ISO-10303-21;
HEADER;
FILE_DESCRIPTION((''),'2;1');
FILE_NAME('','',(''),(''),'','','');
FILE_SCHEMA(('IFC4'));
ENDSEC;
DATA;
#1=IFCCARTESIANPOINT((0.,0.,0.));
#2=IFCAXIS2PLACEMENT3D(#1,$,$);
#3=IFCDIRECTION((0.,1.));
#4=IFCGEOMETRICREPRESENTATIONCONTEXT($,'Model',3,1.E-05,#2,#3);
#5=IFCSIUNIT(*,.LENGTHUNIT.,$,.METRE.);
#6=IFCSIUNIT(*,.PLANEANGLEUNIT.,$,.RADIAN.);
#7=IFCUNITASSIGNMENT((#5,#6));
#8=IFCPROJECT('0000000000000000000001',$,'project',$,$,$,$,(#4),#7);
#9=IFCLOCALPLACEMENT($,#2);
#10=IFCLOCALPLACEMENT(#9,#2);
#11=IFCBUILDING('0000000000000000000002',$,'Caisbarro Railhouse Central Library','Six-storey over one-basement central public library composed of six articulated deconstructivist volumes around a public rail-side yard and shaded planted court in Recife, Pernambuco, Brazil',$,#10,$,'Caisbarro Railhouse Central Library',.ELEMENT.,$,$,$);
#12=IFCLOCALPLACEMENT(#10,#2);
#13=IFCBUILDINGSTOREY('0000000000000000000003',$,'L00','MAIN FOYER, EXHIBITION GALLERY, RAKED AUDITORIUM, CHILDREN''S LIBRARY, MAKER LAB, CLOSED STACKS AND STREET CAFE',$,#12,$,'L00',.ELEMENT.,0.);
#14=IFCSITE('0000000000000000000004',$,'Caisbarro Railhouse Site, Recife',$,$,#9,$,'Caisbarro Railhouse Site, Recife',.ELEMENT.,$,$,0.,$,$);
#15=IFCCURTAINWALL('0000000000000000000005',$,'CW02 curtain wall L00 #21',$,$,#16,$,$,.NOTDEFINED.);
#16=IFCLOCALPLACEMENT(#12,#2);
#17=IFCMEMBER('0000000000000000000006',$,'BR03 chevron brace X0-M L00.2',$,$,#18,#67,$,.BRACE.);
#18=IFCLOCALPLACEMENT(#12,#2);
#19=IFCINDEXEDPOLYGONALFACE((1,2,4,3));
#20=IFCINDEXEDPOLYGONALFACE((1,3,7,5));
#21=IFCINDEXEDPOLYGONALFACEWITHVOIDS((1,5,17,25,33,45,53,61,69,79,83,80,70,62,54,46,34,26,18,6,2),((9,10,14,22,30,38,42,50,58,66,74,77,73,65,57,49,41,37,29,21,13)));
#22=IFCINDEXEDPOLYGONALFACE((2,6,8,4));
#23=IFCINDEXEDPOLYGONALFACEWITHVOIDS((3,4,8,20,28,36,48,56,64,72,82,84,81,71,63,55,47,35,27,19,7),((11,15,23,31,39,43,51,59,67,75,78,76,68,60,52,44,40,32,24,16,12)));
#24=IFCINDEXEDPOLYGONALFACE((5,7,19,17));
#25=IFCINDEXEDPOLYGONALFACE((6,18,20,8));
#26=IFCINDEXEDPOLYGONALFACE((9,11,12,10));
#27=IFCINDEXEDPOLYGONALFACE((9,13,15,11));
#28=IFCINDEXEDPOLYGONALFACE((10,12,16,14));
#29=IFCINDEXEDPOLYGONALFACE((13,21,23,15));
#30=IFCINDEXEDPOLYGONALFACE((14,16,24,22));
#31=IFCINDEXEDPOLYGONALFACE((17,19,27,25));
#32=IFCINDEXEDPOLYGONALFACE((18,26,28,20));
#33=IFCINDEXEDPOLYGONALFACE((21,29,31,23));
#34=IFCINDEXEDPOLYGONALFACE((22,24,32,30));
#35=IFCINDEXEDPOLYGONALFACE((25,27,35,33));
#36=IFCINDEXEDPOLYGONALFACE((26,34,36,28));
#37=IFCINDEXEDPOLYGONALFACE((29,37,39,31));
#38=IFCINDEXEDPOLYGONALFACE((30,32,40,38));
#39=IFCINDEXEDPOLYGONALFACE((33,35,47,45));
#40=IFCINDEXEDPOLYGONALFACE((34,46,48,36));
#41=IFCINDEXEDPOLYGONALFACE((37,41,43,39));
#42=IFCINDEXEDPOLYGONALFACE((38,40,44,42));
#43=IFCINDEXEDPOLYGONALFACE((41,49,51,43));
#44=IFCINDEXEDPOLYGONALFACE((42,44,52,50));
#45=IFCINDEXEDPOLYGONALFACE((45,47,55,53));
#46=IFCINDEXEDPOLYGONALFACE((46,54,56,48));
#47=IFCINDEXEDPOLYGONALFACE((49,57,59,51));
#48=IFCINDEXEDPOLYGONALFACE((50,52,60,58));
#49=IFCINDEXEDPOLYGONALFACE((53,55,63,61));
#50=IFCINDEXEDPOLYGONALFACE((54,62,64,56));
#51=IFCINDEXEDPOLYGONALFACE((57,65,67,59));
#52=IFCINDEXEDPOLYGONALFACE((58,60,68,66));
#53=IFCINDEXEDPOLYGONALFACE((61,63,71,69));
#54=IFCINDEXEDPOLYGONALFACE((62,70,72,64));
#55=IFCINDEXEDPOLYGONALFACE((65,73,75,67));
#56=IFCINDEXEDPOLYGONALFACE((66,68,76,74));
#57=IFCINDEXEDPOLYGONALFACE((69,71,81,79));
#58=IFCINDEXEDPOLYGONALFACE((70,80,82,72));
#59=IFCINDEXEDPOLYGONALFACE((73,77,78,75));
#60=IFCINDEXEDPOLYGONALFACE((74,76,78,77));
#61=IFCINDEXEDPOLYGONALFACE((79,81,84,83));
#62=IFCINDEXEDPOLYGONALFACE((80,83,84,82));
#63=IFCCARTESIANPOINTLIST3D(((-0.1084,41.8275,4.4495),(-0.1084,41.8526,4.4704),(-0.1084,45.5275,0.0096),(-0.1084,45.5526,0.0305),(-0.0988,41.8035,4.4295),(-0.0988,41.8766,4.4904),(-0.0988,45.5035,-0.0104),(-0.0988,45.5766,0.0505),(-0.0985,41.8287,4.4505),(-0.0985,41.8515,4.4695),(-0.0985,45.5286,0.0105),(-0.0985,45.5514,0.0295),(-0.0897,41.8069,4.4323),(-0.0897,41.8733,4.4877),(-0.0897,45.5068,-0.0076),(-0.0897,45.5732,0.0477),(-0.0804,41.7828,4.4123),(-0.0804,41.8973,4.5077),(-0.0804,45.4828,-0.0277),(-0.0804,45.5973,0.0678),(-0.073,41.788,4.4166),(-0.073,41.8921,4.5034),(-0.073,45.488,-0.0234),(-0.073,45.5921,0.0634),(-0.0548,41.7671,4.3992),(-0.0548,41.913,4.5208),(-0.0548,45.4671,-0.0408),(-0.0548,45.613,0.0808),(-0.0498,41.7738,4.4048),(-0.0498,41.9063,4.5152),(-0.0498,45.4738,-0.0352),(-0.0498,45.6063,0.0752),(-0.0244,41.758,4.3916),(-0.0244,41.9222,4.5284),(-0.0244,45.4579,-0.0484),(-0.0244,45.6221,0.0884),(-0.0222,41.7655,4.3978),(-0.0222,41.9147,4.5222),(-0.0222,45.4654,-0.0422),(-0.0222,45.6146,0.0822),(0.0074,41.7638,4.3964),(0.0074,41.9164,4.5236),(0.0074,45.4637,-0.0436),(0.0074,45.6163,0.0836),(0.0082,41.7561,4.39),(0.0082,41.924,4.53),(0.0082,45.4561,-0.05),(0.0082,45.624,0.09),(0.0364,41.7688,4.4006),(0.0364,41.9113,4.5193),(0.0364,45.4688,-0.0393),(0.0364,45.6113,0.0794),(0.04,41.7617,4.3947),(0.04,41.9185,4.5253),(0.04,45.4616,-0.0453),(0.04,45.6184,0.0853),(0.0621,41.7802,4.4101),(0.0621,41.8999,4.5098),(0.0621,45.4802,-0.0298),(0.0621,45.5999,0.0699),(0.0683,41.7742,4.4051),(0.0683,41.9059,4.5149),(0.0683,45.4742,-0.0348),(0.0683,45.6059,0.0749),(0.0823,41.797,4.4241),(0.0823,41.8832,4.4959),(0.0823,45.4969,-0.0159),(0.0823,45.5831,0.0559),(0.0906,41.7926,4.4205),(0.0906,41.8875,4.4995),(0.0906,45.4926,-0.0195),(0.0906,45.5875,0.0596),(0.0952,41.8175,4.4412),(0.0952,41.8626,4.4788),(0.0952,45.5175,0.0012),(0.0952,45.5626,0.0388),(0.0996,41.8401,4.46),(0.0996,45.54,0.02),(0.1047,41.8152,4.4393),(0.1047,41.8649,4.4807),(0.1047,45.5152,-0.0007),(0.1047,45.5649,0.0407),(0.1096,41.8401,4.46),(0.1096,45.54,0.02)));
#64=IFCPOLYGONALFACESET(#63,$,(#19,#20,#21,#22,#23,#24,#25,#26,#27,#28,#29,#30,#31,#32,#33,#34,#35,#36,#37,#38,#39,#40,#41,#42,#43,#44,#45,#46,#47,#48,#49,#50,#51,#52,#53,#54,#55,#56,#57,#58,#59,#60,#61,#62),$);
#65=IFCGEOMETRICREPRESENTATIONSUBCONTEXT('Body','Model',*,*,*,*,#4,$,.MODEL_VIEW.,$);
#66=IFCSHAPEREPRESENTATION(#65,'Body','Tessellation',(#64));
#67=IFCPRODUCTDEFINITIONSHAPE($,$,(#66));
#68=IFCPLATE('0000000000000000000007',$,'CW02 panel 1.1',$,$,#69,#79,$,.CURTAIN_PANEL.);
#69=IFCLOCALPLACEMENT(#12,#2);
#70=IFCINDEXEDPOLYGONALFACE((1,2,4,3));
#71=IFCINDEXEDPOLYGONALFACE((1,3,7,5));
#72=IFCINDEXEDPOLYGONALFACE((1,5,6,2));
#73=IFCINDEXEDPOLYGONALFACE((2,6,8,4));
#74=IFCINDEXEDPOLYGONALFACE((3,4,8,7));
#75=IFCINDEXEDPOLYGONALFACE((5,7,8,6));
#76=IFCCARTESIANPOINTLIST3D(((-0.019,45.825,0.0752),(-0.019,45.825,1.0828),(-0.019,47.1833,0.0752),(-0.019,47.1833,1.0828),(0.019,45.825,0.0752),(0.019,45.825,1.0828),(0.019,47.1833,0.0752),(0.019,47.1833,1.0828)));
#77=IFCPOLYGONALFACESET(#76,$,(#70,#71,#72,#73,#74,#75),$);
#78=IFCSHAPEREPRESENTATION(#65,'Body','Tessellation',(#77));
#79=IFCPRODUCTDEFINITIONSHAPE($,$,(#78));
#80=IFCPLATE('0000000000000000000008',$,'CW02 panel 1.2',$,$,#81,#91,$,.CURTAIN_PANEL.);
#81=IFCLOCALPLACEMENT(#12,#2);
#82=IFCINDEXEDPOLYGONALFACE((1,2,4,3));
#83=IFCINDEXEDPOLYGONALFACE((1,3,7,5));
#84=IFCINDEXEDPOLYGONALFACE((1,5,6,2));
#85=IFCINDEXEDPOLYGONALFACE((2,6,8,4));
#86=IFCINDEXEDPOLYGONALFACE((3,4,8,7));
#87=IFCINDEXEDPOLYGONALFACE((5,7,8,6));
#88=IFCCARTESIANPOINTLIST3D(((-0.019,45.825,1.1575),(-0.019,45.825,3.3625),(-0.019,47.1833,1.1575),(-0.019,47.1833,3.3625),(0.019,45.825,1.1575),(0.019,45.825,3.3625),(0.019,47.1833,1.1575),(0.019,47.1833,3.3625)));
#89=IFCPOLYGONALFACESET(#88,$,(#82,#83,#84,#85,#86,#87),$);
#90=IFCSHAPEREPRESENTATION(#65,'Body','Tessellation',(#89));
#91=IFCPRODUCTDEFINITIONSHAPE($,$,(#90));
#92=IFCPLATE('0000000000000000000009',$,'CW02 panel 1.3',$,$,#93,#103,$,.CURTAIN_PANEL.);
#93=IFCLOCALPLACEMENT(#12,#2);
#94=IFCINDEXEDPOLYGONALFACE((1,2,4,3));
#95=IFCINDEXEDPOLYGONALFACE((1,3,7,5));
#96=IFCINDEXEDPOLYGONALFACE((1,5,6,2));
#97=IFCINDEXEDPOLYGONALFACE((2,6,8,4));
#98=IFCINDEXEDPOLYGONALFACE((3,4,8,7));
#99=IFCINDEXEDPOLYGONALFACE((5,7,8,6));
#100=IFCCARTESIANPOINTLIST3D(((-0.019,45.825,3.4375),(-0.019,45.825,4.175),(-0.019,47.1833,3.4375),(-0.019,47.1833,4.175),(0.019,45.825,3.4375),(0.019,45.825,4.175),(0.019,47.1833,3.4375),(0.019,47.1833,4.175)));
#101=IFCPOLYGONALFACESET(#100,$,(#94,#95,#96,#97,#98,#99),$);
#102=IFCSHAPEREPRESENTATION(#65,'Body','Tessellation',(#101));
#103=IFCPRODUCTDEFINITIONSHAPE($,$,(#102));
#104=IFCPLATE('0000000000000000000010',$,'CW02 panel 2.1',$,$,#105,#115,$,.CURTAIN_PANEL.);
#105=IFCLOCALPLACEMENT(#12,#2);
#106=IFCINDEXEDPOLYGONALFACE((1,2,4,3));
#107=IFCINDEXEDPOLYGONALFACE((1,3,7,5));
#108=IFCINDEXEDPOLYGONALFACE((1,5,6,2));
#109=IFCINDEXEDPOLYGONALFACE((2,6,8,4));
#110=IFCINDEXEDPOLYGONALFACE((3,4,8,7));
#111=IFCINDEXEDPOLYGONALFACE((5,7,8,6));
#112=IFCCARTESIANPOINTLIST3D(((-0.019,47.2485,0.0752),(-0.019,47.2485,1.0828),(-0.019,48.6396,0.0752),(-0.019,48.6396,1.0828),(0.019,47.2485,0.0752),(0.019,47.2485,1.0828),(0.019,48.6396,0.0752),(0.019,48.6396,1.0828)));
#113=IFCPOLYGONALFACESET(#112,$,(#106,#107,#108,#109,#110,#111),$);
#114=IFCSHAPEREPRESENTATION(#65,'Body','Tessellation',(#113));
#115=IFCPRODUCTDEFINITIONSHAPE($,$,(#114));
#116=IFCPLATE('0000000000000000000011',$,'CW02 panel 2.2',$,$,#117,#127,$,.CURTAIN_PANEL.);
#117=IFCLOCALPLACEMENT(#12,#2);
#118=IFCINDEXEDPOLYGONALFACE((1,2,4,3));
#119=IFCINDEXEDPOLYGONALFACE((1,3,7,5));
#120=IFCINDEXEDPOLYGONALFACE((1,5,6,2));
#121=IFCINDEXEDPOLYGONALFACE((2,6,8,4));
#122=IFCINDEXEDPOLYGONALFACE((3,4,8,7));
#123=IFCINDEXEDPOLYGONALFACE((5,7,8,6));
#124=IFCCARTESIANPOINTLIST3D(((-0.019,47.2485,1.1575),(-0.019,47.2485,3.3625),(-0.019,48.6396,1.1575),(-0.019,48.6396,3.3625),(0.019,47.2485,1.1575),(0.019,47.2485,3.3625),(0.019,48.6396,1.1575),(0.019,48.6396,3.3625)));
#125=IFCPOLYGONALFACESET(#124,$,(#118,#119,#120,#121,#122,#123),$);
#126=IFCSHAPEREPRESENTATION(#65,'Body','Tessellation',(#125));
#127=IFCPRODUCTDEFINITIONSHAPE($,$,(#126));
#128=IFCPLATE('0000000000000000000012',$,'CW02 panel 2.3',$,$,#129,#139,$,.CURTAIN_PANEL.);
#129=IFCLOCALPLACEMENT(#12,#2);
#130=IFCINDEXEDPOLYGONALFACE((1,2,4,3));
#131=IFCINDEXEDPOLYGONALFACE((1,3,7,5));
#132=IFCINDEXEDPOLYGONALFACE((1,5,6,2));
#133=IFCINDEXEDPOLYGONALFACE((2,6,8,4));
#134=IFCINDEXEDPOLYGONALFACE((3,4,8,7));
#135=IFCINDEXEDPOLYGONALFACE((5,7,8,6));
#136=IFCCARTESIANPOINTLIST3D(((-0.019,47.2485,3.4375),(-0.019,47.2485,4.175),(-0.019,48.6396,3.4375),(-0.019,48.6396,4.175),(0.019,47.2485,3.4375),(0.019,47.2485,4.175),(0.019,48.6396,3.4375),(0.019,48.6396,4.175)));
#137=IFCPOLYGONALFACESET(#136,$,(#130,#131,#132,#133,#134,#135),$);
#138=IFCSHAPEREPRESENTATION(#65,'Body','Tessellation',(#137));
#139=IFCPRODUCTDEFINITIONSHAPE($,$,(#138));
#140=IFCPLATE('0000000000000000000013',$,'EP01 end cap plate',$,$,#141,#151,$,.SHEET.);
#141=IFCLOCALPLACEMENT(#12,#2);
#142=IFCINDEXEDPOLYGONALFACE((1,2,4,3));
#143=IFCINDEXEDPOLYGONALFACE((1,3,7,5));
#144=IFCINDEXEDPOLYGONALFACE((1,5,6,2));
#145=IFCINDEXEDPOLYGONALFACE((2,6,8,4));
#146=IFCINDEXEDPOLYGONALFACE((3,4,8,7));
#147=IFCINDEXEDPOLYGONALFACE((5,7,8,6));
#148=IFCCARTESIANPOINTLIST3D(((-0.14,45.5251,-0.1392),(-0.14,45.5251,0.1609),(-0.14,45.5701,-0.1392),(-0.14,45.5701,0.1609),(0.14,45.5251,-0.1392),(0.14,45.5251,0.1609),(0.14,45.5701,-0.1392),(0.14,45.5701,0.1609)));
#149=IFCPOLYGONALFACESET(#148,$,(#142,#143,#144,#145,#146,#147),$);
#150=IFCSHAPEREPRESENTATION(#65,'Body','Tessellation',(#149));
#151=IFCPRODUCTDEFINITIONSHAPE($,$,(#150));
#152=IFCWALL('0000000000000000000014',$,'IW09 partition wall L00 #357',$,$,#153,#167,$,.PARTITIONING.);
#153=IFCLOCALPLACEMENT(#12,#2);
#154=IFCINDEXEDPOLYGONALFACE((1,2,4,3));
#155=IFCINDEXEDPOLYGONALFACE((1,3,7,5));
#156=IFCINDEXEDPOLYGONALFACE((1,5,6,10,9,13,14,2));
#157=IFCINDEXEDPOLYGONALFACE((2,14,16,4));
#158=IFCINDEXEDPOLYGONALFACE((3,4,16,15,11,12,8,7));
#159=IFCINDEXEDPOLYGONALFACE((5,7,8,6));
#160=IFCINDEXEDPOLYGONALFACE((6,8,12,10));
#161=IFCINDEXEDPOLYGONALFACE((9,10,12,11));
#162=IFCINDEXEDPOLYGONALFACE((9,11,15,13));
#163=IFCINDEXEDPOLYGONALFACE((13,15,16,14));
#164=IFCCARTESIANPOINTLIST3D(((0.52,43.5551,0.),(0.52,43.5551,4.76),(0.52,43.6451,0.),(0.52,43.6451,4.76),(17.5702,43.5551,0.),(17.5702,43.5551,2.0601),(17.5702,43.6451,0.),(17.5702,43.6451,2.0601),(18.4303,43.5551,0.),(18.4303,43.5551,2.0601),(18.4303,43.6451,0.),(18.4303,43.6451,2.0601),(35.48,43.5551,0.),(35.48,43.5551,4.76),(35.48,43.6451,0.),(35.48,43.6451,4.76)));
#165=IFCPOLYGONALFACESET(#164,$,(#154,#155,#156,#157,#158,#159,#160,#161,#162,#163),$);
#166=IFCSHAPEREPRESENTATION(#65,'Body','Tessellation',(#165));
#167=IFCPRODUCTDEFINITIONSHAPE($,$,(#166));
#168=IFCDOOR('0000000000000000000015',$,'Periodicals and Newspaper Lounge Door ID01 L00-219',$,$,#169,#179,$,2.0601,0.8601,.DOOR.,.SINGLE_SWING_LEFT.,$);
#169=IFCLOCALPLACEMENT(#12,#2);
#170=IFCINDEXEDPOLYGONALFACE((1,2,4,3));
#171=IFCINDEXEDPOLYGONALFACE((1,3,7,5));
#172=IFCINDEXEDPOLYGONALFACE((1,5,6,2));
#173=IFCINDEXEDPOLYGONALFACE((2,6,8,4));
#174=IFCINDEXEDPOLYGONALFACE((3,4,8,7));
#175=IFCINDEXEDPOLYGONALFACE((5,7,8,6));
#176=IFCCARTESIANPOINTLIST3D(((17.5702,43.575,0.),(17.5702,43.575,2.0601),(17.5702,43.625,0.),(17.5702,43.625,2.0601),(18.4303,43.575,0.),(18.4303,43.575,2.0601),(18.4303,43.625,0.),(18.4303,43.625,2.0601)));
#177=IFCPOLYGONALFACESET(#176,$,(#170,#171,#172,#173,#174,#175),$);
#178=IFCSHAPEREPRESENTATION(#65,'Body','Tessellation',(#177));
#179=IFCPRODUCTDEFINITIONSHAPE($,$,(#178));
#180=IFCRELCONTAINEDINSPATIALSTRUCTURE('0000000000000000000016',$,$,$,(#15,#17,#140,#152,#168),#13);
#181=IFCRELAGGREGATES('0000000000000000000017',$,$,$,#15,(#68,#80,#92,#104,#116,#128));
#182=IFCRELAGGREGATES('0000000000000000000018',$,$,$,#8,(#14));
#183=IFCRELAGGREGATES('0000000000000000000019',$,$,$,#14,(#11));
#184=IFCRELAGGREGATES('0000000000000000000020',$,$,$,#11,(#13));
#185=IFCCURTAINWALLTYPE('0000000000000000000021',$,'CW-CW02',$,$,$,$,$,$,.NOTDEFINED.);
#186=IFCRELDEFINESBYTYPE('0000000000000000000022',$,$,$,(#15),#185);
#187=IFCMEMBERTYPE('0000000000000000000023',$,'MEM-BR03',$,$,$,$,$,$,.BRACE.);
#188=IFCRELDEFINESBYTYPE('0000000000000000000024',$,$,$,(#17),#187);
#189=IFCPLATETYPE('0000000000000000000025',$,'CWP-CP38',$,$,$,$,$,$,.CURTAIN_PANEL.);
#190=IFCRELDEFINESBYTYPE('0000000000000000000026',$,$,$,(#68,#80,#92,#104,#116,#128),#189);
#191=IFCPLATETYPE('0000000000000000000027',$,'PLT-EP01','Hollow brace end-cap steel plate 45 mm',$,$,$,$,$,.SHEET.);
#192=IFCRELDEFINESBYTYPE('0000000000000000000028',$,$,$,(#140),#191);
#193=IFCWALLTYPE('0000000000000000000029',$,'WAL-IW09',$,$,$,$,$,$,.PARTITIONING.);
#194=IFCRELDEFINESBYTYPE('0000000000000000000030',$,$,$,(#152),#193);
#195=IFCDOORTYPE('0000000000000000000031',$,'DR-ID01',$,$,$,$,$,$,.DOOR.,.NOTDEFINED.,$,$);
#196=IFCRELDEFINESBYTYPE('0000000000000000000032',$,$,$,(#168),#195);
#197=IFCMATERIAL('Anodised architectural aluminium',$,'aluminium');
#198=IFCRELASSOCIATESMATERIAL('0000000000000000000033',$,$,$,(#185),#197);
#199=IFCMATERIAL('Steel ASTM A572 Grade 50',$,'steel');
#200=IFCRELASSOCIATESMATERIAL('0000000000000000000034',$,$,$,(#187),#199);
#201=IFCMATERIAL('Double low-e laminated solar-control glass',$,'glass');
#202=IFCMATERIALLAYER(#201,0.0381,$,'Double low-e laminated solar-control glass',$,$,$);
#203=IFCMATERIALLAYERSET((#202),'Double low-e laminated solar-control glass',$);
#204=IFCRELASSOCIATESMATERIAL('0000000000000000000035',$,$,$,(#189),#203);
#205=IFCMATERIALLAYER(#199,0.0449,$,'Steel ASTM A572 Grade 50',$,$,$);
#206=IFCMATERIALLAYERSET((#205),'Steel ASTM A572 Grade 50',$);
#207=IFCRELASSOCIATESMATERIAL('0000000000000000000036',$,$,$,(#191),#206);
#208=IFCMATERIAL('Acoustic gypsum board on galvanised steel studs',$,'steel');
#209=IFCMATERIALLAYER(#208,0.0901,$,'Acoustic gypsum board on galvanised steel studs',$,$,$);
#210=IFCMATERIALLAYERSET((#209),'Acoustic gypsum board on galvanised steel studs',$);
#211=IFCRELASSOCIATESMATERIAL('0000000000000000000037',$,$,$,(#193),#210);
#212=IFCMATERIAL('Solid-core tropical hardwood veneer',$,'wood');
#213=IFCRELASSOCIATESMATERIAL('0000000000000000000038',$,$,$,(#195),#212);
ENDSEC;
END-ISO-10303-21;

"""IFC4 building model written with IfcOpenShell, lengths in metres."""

from ifc_helpers import new_model, si_unit, direction, frame, frame_2d, origin, origin_2d, place, context, subcontext, project, spatial, rectangle, hollow_circle, extrude, material, layer, layer_set, material_profile, profile_set, type_object, element, fill, aggregate, save


model = new_model("IFC4")

# Units and contexts
model_context = context("Model", 3, precision=1e-05, world=origin(), true_north=direction((0.0, 1.0)))
body_context = subcontext(model_context, "Body", "Model", "MODEL_VIEW")
ifc_project = project(units=[si_unit("LENGTHUNIT", "METRE"), si_unit("PLANEANGLEUNIT", "RADIAN")], contexts=[model_context])

# Site, building, storey
site_placement = place(None, origin())
site = spatial("IfcSite", under=ifc_project, at=site_placement, Name="Caisbarro Railhouse Site, Recife", LongName="Caisbarro Railhouse Site, Recife", CompositionType="ELEMENT", RefElevation=0.0)
building_placement = place(site_placement, origin())
building = spatial("IfcBuilding", under=site, at=building_placement, Name="Caisbarro Railhouse Central Library", Description="Six-storey over one-basement central public library composed of six articulated deconstructivist volumes around a public rail-side yard and shaded planted court in Recife, Pernambuco, Brazil", LongName="Caisbarro Railhouse Central Library", CompositionType="ELEMENT")
storey_placement = place(building_placement, origin())
storey = spatial("IfcBuildingStorey", under=building, at=storey_placement, Name="L00", Description="MAIN FOYER, EXHIBITION GALLERY, RAKED AUDITORIUM, CHILDREN'S LIBRARY, MAKER LAB, CLOSED STACKS AND STREET CAFE", LongName="L00", CompositionType="ELEMENT", Elevation=0.0)

# Shared definitions
ifc_material_1 = material(Name="Steel ASTM A572 Grade 50", Category="steel")

# Curtain wall
ifc_material_2 = material(Name="Anodised architectural aluminium", Category="aluminium")
curtain_wall_type = type_object("IfcCurtainWallType", Name="CW-CW02", PredefinedType="NOTDEFINED", material=ifc_material_2)
curtain_wall_placement = place(storey_placement, origin())
curtain_wall = element("IfcCurtainWall", 1, at=curtain_wall_placement, inside=storey, type_object=curtain_wall_type, Name="CW02 curtain wall L00 #21", PredefinedType="NOTDEFINED")

# Member
ifc_material_profile_1 = material_profile(ifc_material_1, hollow_circle(Radius=0.1096, WallThickness=0.01, at=origin_2d()), Name="CHS219.1X10")
ifc_profile_set_1 = profile_set([ifc_material_profile_1], Name="Steel ASTM A572 Grade 50")
member_type_1 = type_object("IfcMemberType", Name="MEM-BR03", PredefinedType="BRACE", material=ifc_profile_set_1)
member_1_placement = place(storey_placement, frame((0.0, 45.54, 0.02), z_axis=(0.0, -0.640184, 0.768221), x_axis=(1.0, 0.0, 0.0)))
element("IfcMember", 2, at=member_1_placement, inside=storey, type_object=member_type_1, Name="BR03 chevron brace X0-M L00.2", PredefinedType="BRACE", context=body_context, shape_type="SweptSolid", body=[
    extrude(hollow_circle(Radius=0.1096, WallThickness=0.01, at=origin_2d()), origin(), (0.0, 0.0, 1.0), 5.7795),
])

# Plates
ifc_material_3 = material(Name="Double low-e laminated solar-control glass", Category="glass")
ifc_layer_1 = layer(ifc_material_3, 0.0381, Name="Double low-e laminated solar-control glass")
ifc_layer_set_1 = layer_set([ifc_layer_1], Name="Double low-e laminated solar-control glass")
plate_type_1 = type_object("IfcPlateType", Name="CWP-CP38", PredefinedType="CURTAIN_PANEL", material=ifc_layer_set_1)
plate_1_placement = place(storey_placement, frame((0.0, 46.5042, 0.0752), z_axis=(0.0, 0.0, 1.0), x_axis=(0.0, 1.0, 0.0)))
plate_1 = element("IfcPlate", 3, at=plate_1_placement, type_object=plate_type_1, Name="CW02 panel 1.1", PredefinedType="CURTAIN_PANEL", context=body_context, shape_type="SweptSolid", body=[
    extrude(rectangle(XDim=1.3584, YDim=0.0381, at=origin_2d()), origin(), (0.0, 0.0, 1.0), 1.0076),
])
plate_2_placement = place(storey_placement, frame((0.0, 46.5042, 1.1575), z_axis=(0.0, 0.0, 1.0), x_axis=(0.0, 1.0, 0.0)))
plate_2 = element("IfcPlate", 4, at=plate_2_placement, type_object=plate_type_1, Name="CW02 panel 1.2", PredefinedType="CURTAIN_PANEL", context=body_context, shape_type="SweptSolid", body=[
    extrude(rectangle(XDim=1.3584, YDim=0.0381, at=origin_2d()), origin(), (0.0, 0.0, 1.0), 2.2051),
])
plate_3_placement = place(storey_placement, frame((0.0, 46.5042, 3.4375), z_axis=(0.0, 0.0, 1.0), x_axis=(0.0, 1.0, 0.0)))
plate_3 = element("IfcPlate", 5, at=plate_3_placement, type_object=plate_type_1, Name="CW02 panel 1.3", PredefinedType="CURTAIN_PANEL", context=body_context, shape_type="SweptSolid", body=[
    extrude(rectangle(XDim=1.3584, YDim=0.0381, at=origin_2d()), origin(), (0.0, 0.0, 1.0), 0.7375),
])
plate_4_placement = place(storey_placement, frame((0.0, 47.9441, 0.0752), z_axis=(0.0, 0.0, 1.0), x_axis=(0.0, 1.0, 0.0)))
plate_4 = element("IfcPlate", 6, at=plate_4_placement, type_object=plate_type_1, Name="CW02 panel 2.1", PredefinedType="CURTAIN_PANEL", context=body_context, shape_type="SweptSolid", body=[
    extrude(rectangle(XDim=1.3911, YDim=0.0381, at=origin_2d()), origin(), (0.0, 0.0, 1.0), 1.0076),
])
plate_5_placement = place(storey_placement, frame((0.0, 47.9441, 1.1575), z_axis=(0.0, 0.0, 1.0), x_axis=(0.0, 1.0, 0.0)))
plate_5 = element("IfcPlate", 7, at=plate_5_placement, type_object=plate_type_1, Name="CW02 panel 2.2", PredefinedType="CURTAIN_PANEL", context=body_context, shape_type="SweptSolid", body=[
    extrude(rectangle(XDim=1.3911, YDim=0.0381, at=origin_2d()), origin(), (0.0, 0.0, 1.0), 2.2051),
])
plate_6_placement = place(storey_placement, frame((0.0, 47.9441, 3.4375), z_axis=(0.0, 0.0, 1.0), x_axis=(0.0, 1.0, 0.0)))
plate_6 = element("IfcPlate", 8, at=plate_6_placement, type_object=plate_type_1, Name="CW02 panel 2.3", PredefinedType="CURTAIN_PANEL", context=body_context, shape_type="SweptSolid", body=[
    extrude(rectangle(XDim=1.3911, YDim=0.0381, at=origin_2d()), origin(), (0.0, 0.0, 1.0), 0.7375),
])
aggregate(curtain_wall, [plate_1, plate_2, plate_3, plate_4, plate_5, plate_6])
ifc_layer_2 = layer(ifc_material_1, 0.0449, Name="Steel ASTM A572 Grade 50")
ifc_layer_set_2 = layer_set([ifc_layer_2], Name="Steel ASTM A572 Grade 50")
plate_type_2 = type_object("IfcPlateType", Name="PLT-EP01", Description="Hollow brace end-cap steel plate 45 mm", PredefinedType="SHEET", material=ifc_layer_set_2)
plate_7_placement = place(storey_placement, frame((0.0, 45.5476, -0.1392), z_axis=(0.0, 0.0, 1.0), x_axis=(0.0, -1.0, 0.0)))
element("IfcPlate", 9, at=plate_7_placement, inside=storey, type_object=plate_type_2, Name="EP01 end cap plate", PredefinedType="SHEET", context=body_context, shape_type="SweptSolid", body=[
    extrude(rectangle(XDim=0.0449, YDim=0.28, at=origin_2d()), origin(), (0.0, 0.0, 1.0), 0.3),
])

# Wall, opening, door
ifc_material_4 = material(Name="Acoustic gypsum board on galvanised steel studs", Category="steel")
ifc_layer_3 = layer(ifc_material_4, 0.0901, Name="Acoustic gypsum board on galvanised steel studs")
ifc_layer_set_3 = layer_set([ifc_layer_3], Name="Acoustic gypsum board on galvanised steel studs")
wall_type_1 = type_object("IfcWallType", Name="WAL-IW09", PredefinedType="PARTITIONING", material=ifc_layer_set_3)
wall_1_placement = place(storey_placement, frame((0.52, 43.6001, 0.0), z_axis=(0.0, 0.0, 1.0), x_axis=(1.0, 0.0, 0.0)))
wall_1 = element("IfcWall", 10, at=wall_1_placement, inside=storey, type_object=wall_type_1, Name="IW09 partition wall L00 #357", PredefinedType="PARTITIONING", context=body_context, shape_type="SweptSolid", body=[
    extrude(rectangle(XDim=34.96, YDim=0.0901, at=frame_2d((17.48, 0.0))), origin(), (0.0, 0.0, 1.0), 4.76),
])
opening_placement = place(wall_1_placement, frame((17.05, 0.0, 0.0)))
opening = element("IfcOpeningElement", 11, at=opening_placement, cuts=wall_1, PredefinedType="OPENING", context=body_context, shape_type="SweptSolid", body=[
    extrude(rectangle(XDim=0.8601, YDim=2.0601, at=frame_2d((0.4302, 1.03))), frame((0.0, 0.0552, 0.0), z_axis=(0.0, -1.0, 0.0), x_axis=(1.0, 0.0, 0.0)), (0.0, 0.0, 1.0), 0.1101),
])
ifc_material_5 = material(Name="Solid-core tropical hardwood veneer", Category="wood")
door_type = type_object("IfcDoorType", Name="DR-ID01", OperationType="NOTDEFINED", PredefinedType="DOOR", material=ifc_material_5)
door_placement = place(opening_placement, origin())
door = element("IfcDoor", 12, at=door_placement, inside=storey, type_object=door_type, Name="Periodicals and Newspaper Lounge Door ID01 L00-219", OperationType="SINGLE_SWING_LEFT", OverallHeight=2.0601, OverallWidth=0.8601, PredefinedType="DOOR", context=body_context, shape_type="SweptSolid", body=[
    extrude(rectangle(XDim=0.8601, YDim=2.0601, at=frame_2d((0.4302, 1.03))), frame((0.0, 0.0249, 0.0), z_axis=(0.0, -1.0, 0.0), x_axis=(1.0, 0.0, 0.0)), (0.0, 0.0, 1.0), 0.05),
])
fill(opening, door)

save(model, "model.ifc")
